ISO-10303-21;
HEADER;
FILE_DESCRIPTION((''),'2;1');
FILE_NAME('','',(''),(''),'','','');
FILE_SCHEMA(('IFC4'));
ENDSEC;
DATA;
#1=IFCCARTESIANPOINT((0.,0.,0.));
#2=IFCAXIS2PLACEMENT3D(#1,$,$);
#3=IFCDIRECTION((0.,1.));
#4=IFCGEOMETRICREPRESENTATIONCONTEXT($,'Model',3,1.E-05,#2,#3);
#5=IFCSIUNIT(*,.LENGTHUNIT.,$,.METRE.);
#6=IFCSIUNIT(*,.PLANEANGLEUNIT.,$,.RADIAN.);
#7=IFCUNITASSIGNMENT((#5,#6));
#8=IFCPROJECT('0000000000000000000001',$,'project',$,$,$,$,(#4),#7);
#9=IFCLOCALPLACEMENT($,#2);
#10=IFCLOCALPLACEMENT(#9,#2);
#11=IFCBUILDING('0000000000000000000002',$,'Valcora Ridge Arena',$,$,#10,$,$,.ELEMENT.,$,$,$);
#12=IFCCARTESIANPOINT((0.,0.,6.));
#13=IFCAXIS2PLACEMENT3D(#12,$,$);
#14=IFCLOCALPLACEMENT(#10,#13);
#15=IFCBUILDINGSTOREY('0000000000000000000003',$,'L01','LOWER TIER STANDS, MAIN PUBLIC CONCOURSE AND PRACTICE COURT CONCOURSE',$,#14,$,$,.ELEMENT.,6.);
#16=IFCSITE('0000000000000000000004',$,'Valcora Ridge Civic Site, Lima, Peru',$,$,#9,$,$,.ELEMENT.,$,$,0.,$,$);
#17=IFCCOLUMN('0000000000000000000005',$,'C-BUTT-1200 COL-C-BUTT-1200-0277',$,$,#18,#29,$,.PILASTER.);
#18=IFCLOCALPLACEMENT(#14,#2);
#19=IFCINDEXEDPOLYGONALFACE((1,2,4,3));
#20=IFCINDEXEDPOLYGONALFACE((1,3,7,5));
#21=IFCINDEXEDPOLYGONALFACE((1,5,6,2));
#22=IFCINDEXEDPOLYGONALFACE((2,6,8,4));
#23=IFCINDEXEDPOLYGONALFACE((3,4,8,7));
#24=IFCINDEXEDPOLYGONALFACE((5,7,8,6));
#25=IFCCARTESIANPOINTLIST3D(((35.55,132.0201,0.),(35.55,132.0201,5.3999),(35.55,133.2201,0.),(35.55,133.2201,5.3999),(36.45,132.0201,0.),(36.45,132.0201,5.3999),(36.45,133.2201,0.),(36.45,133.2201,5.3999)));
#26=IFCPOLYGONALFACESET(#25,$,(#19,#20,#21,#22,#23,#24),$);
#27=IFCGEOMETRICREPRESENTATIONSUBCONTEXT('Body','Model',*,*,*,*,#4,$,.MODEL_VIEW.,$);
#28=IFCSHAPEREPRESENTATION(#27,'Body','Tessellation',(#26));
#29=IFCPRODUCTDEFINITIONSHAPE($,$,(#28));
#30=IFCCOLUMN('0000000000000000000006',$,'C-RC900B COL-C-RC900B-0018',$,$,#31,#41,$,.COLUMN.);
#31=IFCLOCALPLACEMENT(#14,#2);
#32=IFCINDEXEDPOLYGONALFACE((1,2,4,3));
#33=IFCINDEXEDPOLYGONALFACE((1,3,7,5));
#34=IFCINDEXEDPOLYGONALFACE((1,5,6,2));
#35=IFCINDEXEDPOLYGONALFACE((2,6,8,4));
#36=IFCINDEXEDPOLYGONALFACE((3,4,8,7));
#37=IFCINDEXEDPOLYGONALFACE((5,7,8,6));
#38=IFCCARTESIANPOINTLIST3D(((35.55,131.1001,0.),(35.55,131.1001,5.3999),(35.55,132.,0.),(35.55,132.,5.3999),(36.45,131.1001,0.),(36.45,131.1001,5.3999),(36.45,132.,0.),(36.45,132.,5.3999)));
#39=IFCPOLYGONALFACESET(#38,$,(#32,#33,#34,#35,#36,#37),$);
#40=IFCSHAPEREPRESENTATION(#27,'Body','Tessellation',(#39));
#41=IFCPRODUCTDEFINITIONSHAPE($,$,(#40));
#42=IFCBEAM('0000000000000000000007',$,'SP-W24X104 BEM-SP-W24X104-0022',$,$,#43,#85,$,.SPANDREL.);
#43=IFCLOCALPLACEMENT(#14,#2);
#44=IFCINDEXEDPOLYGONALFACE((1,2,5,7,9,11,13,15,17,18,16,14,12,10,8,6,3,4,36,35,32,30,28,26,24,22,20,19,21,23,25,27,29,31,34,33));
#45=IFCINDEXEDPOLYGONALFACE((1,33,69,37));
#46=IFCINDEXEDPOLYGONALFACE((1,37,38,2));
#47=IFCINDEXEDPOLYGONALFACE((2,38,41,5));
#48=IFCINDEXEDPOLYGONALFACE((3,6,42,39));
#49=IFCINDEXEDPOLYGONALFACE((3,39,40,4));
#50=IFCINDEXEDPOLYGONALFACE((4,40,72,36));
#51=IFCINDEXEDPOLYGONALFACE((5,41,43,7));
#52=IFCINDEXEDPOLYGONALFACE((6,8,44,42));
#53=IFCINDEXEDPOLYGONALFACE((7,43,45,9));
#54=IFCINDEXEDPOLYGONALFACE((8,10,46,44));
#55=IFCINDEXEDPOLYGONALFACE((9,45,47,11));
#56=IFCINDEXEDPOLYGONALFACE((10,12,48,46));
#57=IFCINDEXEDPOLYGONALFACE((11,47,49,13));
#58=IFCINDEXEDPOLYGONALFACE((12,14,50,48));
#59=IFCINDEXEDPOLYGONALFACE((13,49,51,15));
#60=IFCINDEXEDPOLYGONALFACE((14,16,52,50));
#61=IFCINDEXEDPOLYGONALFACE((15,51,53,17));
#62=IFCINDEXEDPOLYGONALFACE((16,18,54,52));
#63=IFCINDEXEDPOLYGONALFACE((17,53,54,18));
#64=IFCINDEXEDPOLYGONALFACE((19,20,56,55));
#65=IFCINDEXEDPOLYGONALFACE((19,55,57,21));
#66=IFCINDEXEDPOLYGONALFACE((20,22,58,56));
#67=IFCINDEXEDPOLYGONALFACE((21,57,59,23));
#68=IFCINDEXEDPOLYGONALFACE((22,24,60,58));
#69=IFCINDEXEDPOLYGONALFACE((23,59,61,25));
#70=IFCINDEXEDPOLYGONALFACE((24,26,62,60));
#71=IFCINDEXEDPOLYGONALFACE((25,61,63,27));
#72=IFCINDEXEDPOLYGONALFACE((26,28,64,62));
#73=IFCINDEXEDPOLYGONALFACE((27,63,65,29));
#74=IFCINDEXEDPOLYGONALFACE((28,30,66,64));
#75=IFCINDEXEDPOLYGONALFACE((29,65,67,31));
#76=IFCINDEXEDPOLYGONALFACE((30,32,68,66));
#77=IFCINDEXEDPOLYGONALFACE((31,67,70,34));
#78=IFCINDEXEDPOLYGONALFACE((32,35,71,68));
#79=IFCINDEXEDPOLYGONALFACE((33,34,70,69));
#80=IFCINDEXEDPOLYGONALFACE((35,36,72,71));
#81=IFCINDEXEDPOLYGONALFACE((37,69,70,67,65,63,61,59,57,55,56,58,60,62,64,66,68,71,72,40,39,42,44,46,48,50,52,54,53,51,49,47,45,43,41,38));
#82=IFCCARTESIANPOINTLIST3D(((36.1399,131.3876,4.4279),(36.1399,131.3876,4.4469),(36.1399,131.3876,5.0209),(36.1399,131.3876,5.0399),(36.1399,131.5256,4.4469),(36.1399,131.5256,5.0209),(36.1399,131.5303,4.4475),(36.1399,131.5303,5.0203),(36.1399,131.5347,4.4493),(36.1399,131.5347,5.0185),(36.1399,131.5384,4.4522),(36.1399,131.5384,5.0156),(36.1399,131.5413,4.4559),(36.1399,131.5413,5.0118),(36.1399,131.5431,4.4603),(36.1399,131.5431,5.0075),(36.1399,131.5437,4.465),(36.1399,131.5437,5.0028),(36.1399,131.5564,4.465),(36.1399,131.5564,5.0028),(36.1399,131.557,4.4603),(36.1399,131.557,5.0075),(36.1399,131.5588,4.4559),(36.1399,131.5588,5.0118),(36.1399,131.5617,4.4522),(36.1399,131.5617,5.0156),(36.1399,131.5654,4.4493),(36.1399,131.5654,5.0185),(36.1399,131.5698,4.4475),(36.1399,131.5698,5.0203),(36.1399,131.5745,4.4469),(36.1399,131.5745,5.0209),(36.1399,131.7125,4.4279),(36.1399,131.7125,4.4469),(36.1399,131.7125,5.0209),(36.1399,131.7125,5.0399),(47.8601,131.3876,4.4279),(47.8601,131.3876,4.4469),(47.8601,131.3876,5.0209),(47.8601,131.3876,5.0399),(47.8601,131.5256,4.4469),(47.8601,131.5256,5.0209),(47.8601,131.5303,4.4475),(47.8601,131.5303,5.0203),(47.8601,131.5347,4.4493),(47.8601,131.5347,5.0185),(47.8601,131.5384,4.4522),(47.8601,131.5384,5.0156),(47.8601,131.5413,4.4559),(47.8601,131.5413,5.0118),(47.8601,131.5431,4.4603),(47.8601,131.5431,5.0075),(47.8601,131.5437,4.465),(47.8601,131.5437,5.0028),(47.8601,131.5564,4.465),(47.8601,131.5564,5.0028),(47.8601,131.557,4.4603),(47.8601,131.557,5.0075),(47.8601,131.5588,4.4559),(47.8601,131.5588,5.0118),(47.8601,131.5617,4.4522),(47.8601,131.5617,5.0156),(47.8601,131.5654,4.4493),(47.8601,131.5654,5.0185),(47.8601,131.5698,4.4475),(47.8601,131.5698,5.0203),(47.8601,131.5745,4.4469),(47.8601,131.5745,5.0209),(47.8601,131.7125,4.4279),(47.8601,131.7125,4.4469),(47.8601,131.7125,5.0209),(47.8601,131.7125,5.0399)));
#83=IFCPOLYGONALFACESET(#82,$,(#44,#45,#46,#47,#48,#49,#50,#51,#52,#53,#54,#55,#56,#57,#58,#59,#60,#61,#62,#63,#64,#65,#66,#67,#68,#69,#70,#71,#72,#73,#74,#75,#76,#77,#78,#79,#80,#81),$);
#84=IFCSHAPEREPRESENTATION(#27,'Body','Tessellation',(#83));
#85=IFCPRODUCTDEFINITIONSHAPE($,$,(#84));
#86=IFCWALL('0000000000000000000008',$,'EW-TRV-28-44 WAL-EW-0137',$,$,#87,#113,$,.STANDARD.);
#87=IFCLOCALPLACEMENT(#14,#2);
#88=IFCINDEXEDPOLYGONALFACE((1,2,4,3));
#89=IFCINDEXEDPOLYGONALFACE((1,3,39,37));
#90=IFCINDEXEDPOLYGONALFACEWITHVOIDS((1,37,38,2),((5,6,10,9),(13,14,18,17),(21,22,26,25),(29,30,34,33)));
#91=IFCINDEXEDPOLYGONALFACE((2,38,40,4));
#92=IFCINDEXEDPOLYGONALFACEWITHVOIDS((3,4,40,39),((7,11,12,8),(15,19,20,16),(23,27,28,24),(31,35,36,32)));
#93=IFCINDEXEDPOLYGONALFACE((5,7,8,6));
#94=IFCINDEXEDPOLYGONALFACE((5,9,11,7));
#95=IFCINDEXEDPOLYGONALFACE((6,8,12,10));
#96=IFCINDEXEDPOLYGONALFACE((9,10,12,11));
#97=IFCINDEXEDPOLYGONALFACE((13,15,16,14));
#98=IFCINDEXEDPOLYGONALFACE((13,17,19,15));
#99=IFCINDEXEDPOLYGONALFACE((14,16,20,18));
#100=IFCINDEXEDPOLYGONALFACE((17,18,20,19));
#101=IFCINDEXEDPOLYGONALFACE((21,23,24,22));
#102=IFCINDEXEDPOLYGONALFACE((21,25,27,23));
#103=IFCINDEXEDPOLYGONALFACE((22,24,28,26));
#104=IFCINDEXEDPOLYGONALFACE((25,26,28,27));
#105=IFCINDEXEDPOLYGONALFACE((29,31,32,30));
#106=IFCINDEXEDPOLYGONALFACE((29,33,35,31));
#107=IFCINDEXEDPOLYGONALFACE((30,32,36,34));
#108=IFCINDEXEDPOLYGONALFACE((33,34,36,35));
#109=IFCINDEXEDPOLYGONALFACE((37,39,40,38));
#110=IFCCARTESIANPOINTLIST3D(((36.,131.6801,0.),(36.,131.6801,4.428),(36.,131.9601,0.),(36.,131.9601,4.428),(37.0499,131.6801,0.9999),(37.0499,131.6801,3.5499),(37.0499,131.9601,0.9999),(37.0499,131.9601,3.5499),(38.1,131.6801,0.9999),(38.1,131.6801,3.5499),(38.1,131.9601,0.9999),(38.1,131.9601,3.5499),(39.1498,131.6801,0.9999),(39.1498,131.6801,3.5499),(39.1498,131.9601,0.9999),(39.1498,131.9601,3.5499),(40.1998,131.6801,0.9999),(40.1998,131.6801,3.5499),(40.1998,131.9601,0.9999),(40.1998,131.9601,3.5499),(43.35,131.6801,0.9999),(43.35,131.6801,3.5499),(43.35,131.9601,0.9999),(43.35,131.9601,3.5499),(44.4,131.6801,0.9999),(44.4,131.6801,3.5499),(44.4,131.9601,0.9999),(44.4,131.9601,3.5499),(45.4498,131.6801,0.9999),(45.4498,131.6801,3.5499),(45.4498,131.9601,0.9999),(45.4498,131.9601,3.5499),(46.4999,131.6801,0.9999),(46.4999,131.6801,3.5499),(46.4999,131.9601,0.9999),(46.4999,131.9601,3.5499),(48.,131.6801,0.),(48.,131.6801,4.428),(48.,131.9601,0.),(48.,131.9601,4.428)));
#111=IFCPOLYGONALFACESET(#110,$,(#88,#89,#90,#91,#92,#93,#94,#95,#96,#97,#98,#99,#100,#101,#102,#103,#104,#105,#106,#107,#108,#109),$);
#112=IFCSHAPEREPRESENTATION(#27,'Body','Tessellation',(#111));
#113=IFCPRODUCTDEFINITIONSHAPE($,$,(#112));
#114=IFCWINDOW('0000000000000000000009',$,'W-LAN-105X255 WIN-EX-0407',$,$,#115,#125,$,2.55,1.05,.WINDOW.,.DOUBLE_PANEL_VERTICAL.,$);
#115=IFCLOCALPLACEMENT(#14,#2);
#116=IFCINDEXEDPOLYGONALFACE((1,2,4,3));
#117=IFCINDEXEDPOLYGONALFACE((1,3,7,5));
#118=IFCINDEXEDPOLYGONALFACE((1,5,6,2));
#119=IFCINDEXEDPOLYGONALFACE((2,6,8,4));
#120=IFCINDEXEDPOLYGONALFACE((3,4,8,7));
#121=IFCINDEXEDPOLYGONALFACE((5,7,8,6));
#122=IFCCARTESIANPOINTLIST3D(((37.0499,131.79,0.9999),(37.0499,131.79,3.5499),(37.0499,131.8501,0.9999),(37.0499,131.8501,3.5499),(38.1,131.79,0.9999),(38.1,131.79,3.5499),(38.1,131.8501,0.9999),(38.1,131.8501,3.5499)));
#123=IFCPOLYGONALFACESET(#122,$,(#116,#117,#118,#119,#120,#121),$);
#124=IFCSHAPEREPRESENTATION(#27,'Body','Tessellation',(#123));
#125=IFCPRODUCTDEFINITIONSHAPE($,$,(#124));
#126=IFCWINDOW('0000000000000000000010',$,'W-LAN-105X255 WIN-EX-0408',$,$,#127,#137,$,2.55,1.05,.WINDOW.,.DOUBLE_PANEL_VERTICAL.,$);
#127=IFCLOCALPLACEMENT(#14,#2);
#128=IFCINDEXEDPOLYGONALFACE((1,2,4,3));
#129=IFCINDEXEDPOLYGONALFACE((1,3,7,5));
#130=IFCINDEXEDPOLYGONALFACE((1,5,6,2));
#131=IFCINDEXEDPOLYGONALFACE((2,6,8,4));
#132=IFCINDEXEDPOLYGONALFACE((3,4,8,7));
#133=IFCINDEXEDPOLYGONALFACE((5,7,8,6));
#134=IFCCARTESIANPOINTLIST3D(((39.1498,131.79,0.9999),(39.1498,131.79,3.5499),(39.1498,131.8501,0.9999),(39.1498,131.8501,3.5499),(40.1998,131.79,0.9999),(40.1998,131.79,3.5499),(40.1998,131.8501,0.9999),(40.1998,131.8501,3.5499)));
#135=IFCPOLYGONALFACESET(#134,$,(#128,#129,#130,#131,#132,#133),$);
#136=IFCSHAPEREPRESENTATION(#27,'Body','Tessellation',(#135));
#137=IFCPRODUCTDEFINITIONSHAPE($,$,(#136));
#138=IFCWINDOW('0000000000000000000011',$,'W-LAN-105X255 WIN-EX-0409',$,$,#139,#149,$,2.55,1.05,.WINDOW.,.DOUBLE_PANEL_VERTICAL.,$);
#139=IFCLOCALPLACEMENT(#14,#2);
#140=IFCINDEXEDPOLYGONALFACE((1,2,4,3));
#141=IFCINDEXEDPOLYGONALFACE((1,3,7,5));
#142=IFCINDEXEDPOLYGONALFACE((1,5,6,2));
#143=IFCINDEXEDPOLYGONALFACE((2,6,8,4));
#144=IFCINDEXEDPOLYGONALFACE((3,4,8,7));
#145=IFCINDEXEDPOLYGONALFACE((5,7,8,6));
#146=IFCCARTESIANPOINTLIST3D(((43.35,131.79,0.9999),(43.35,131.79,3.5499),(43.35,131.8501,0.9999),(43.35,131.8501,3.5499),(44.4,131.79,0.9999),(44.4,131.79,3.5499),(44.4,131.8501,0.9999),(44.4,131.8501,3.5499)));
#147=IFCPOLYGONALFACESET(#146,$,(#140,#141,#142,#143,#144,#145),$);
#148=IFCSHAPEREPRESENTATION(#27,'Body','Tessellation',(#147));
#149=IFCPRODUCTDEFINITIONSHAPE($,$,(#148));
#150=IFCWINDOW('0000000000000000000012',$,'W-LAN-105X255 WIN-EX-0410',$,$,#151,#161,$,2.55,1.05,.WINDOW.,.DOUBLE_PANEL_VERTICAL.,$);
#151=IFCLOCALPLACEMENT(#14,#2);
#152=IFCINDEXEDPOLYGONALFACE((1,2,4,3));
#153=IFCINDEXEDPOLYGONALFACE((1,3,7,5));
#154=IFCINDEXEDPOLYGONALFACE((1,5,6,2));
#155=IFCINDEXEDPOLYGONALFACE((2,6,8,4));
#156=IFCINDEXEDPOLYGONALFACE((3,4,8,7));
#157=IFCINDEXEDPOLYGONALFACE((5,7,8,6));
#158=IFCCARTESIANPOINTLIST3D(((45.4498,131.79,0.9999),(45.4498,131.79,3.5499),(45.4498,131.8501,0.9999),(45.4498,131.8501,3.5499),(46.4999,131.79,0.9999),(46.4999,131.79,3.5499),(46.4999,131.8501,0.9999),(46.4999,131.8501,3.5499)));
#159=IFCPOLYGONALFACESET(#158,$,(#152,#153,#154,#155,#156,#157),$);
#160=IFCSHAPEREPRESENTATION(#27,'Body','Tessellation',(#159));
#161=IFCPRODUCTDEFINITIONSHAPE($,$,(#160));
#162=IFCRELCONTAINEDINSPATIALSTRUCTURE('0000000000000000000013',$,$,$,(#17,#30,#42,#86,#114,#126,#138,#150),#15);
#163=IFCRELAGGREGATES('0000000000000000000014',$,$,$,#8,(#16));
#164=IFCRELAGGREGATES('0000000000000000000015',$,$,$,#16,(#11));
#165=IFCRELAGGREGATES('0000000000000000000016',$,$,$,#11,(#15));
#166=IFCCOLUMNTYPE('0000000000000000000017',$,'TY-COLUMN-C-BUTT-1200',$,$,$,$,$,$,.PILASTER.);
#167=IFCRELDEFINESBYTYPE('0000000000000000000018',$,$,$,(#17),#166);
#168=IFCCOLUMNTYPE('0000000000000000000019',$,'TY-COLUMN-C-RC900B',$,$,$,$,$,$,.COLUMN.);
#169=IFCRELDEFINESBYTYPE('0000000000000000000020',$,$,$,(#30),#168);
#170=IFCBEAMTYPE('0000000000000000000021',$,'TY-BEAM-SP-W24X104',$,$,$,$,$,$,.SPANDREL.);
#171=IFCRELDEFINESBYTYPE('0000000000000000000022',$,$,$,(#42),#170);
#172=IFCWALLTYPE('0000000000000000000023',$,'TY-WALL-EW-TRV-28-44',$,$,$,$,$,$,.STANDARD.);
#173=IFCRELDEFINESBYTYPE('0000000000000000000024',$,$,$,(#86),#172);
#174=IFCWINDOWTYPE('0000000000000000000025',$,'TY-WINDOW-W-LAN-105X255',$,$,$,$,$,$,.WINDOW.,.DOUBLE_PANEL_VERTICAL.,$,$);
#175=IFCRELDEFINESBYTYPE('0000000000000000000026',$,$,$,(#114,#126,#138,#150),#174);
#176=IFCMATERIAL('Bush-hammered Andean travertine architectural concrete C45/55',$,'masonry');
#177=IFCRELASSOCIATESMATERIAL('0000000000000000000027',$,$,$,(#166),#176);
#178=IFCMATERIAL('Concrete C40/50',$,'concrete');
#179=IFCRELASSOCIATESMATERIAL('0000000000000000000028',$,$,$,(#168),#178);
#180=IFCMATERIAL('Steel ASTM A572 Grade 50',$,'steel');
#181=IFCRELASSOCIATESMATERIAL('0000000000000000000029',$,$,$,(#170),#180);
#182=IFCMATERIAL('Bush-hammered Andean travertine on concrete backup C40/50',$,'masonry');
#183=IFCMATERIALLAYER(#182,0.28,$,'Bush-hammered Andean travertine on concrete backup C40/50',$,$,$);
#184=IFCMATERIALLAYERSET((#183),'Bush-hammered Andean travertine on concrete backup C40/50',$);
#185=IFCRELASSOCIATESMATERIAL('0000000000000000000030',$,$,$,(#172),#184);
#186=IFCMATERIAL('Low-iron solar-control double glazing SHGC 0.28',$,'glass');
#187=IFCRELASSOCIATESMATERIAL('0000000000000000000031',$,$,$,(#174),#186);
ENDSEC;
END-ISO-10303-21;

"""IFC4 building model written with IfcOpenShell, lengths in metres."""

from ifc_helpers import new_model, si_unit, direction, frame, frame_2d, origin, origin_2d, place, context, subcontext, project, spatial, rectangle, i_section, extrude, material, layer, layer_set, material_profile, profile_set, type_object, element, fill, save


model = new_model("IFC4")

# Units and contexts
model_context = context("Model", 3, precision=1e-05, world=origin(), true_north=direction((0.0, 1.0)))
body_context = subcontext(model_context, "Body", "Model", "MODEL_VIEW")
ifc_project = project(units=[si_unit("LENGTHUNIT", "METRE"), si_unit("PLANEANGLEUNIT", "RADIAN")], contexts=[model_context])

# Site, building, storey
site_placement = place(None, origin())
site = spatial("IfcSite", under=ifc_project, at=site_placement, Name="Valcora Ridge Civic Site, Lima, Peru", CompositionType="ELEMENT", RefElevation=0.0)
building_placement = place(site_placement, origin())
building = spatial("IfcBuilding", under=site, at=building_placement, Name="Valcora Ridge Arena", CompositionType="ELEMENT")
storey_placement = place(building_placement, frame((0.0, 0.0, 6.0)))
storey = spatial("IfcBuildingStorey", under=building, at=storey_placement, Name="L01", Description="LOWER TIER STANDS, MAIN PUBLIC CONCOURSE AND PRACTICE COURT CONCOURSE", CompositionType="ELEMENT", Elevation=6.0)

# Columns
ifc_material_1 = material(Name="Bush-hammered Andean travertine architectural concrete C45/55", Category="masonry")
ifc_material_profile_1 = material_profile(ifc_material_1, rectangle(XDim=0.8999, YDim=1.2, at=origin_2d()), Name="RC 900x1200")
ifc_profile_set_1 = profile_set([ifc_material_profile_1], Name="Bush-hammered Andean travertine architectural concrete C45/55")
column_type_1 = type_object("IfcColumnType", Name="TY-COLUMN-C-BUTT-1200", PredefinedType="PILASTER", material=ifc_profile_set_1)
column_1_placement = place(storey_placement, frame((36.0, 132.6201, 0.0), z_axis=(0.0, 0.0, 1.0), x_axis=(1.0, 0.0, 0.0)))
element("IfcColumn", 1, at=column_1_placement, inside=storey, type_object=column_type_1, Name="C-BUTT-1200 COL-C-BUTT-1200-0277", PredefinedType="PILASTER", context=body_context, shape_type="SweptSolid", body=[
    extrude(rectangle(XDim=0.8999, YDim=1.2, at=origin_2d()), origin(), (0.0, 0.0, 1.0), 5.3999),
])
ifc_material_2 = material(Name="Concrete C40/50", Category="concrete")
ifc_material_profile_2 = material_profile(ifc_material_2, rectangle(XDim=0.8999, YDim=0.8999, at=origin_2d()), Name="RC 900x900")
ifc_profile_set_2 = profile_set([ifc_material_profile_2], Name="Concrete C40/50")
column_type_2 = type_object("IfcColumnType", Name="TY-COLUMN-C-RC900B", PredefinedType="COLUMN", material=ifc_profile_set_2)
column_2_placement = place(storey_placement, frame((36.0, 131.55, 0.0), z_axis=(0.0, 0.0, 1.0), x_axis=(1.0, 0.0, 0.0)))
element("IfcColumn", 2, at=column_2_placement, inside=storey, type_object=column_type_2, Name="C-RC900B COL-C-RC900B-0018", PredefinedType="COLUMN", context=body_context, shape_type="SweptSolid", body=[
    extrude(rectangle(XDim=0.8999, YDim=0.8999, at=origin_2d()), origin(), (0.0, 0.0, 1.0), 5.3999),
])

# Beam
ifc_material_3 = material(Name="Steel ASTM A572 Grade 50", Category="steel")
ifc_material_profile_3 = material_profile(ifc_material_3, i_section(OverallWidth=0.325, OverallDepth=0.6121, WebThickness=0.0127, FlangeThickness=0.019, FilletRadius=0.0181, at=origin_2d()), Name="W24X104")
ifc_profile_set_3 = profile_set([ifc_material_profile_3], Name="Steel ASTM A572 Grade 50")
beam_type = type_object("IfcBeamType", Name="TY-BEAM-SP-W24X104", PredefinedType="SPANDREL", material=ifc_profile_set_3)
beam_placement = place(storey_placement, frame((36.1399, 131.55, 4.7339), z_axis=(1.0, 0.0, 0.0), x_axis=(0.0, 1.0, 0.0)))
element("IfcBeam", 3, at=beam_placement, inside=storey, type_object=beam_type, Name="SP-W24X104 BEM-SP-W24X104-0022", PredefinedType="SPANDREL", context=body_context, shape_type="SweptSolid", body=[
    extrude(i_section(OverallWidth=0.325, OverallDepth=0.6121, WebThickness=0.0127, FlangeThickness=0.019, FilletRadius=0.0181, at=origin_2d()), origin(), (0.0, 0.0, 1.0), 11.7202),
])

# Wall, openings, windows
ifc_material_4 = material(Name="Bush-hammered Andean travertine on concrete backup C40/50", Category="masonry")
ifc_layer = layer(ifc_material_4, 0.28, Name="Bush-hammered Andean travertine on concrete backup C40/50")
ifc_layer_set = layer_set([ifc_layer], Name="Bush-hammered Andean travertine on concrete backup C40/50")
wall_type = type_object("IfcWallType", Name="TY-WALL-EW-TRV-28-44", PredefinedType="STANDARD", material=ifc_layer_set)
wall_placement = place(storey_placement, frame((36.0, 131.8201, 0.0), z_axis=(0.0, 0.0, 1.0), x_axis=(1.0, 0.0, 0.0)))
wall = element("IfcWall", 4, at=wall_placement, inside=storey, type_object=wall_type, Name="EW-TRV-28-44 WAL-EW-0137", PredefinedType="STANDARD", context=body_context, shape_type="SweptSolid", body=[
    extrude(rectangle(XDim=12.0, YDim=0.28, at=frame_2d((6.0, 0.0))), origin(), (0.0, 0.0, 1.0), 4.428),
])
opening_1_placement = place(wall_placement, frame((1.05, 0.0, 1.0)))
opening_1 = element("IfcOpeningElement", 5, at=opening_1_placement, cuts=wall, PredefinedType="OPENING", context=body_context, shape_type="SweptSolid", body=[
    extrude(rectangle(XDim=1.05, YDim=2.55, at=frame_2d((0.5249, 1.2749))), frame((0.0, 0.1499, 0.0), z_axis=(0.0, -1.0, 0.0), x_axis=(1.0, 0.0, 0.0)), (0.0, 0.0, 1.0), 0.3),
])
opening_2_placement = place(wall_placement, frame((3.1499, 0.0, 1.0)))
opening_2 = element("IfcOpeningElement", 6, at=opening_2_placement, cuts=wall, PredefinedType="OPENING", context=body_context, shape_type="SweptSolid", body=[
    extrude(rectangle(XDim=1.05, YDim=2.55, at=frame_2d((0.5249, 1.2749))), frame((0.0, 0.1499, 0.0), z_axis=(0.0, -1.0, 0.0), x_axis=(1.0, 0.0, 0.0)), (0.0, 0.0, 1.0), 0.3),
])
opening_3_placement = place(wall_placement, frame((7.3501, 0.0, 1.0)))
opening_3 = element("IfcOpeningElement", 7, at=opening_3_placement, cuts=wall, PredefinedType="OPENING", context=body_context, shape_type="SweptSolid", body=[
    extrude(rectangle(XDim=1.05, YDim=2.55, at=frame_2d((0.5249, 1.2749))), frame((0.0, 0.1499, 0.0), z_axis=(0.0, -1.0, 0.0), x_axis=(1.0, 0.0, 0.0)), (0.0, 0.0, 1.0), 0.3),
])
opening_4_placement = place(wall_placement, frame((9.45, 0.0, 1.0)))
opening_4 = element("IfcOpeningElement", 8, at=opening_4_placement, cuts=wall, PredefinedType="OPENING", context=body_context, shape_type="SweptSolid", body=[
    extrude(rectangle(XDim=1.05, YDim=2.55, at=frame_2d((0.5249, 1.2749))), frame((0.0, 0.1499, 0.0), z_axis=(0.0, -1.0, 0.0), x_axis=(1.0, 0.0, 0.0)), (0.0, 0.0, 1.0), 0.3),
])
ifc_material_5 = material(Name="Low-iron solar-control double glazing SHGC 0.28", Category="glass")
window_type = type_object("IfcWindowType", Name="TY-WINDOW-W-LAN-105X255", PartitioningType="DOUBLE_PANEL_VERTICAL", PredefinedType="WINDOW", material=ifc_material_5)
window_1_placement = place(opening_1_placement, origin())
window_1 = element("IfcWindow", 9, at=window_1_placement, inside=storey, type_object=window_type, Name="W-LAN-105X255 WIN-EX-0407", OverallHeight=2.55, OverallWidth=1.05, PartitioningType="DOUBLE_PANEL_VERTICAL", PredefinedType="WINDOW", context=body_context, shape_type="SweptSolid", body=[
    extrude(rectangle(XDim=1.05, YDim=2.55, at=frame_2d((0.5249, 1.2749))), frame((0.0, 0.03, 0.0), z_axis=(0.0, -1.0, 0.0), x_axis=(1.0, 0.0, 0.0)), (0.0, 0.0, 1.0), 0.0601),
])
fill(opening_1, window_1)
window_2_placement = place(opening_2_placement, origin())
window_2 = element("IfcWindow", 10, at=window_2_placement, inside=storey, type_object=window_type, Name="W-LAN-105X255 WIN-EX-0408", OverallHeight=2.55, OverallWidth=1.05, PartitioningType="DOUBLE_PANEL_VERTICAL", PredefinedType="WINDOW", context=body_context, shape_type="SweptSolid", body=[
    extrude(rectangle(XDim=1.05, YDim=2.55, at=frame_2d((0.5249, 1.2749))), frame((0.0, 0.03, 0.0), z_axis=(0.0, -1.0, 0.0), x_axis=(1.0, 0.0, 0.0)), (0.0, 0.0, 1.0), 0.0601),
])
fill(opening_2, window_2)
window_3_placement = place(opening_3_placement, origin())
window_3 = element("IfcWindow", 11, at=window_3_placement, inside=storey, type_object=window_type, Name="W-LAN-105X255 WIN-EX-0409", OverallHeight=2.55, OverallWidth=1.05, PartitioningType="DOUBLE_PANEL_VERTICAL", PredefinedType="WINDOW", context=body_context, shape_type="SweptSolid", body=[
    extrude(rectangle(XDim=1.05, YDim=2.55, at=frame_2d((0.5249, 1.2749))), frame((0.0, 0.03, 0.0), z_axis=(0.0, -1.0, 0.0), x_axis=(1.0, 0.0, 0.0)), (0.0, 0.0, 1.0), 0.0601),
])
fill(opening_3, window_3)
window_4_placement = place(opening_4_placement, origin())
window_4 = element("IfcWindow", 12, at=window_4_placement, inside=storey, type_object=window_type, Name="W-LAN-105X255 WIN-EX-0410", OverallHeight=2.55, OverallWidth=1.05, PartitioningType="DOUBLE_PANEL_VERTICAL", PredefinedType="WINDOW", context=body_context, shape_type="SweptSolid", body=[
    extrude(rectangle(XDim=1.05, YDim=2.55, at=frame_2d((0.5249, 1.2749))), frame((0.0, 0.03, 0.0), z_axis=(0.0, -1.0, 0.0), x_axis=(1.0, 0.0, 0.0)), (0.0, 0.0, 1.0), 0.0601),
])
fill(opening_4, window_4)

save(model, "model.ifc")
